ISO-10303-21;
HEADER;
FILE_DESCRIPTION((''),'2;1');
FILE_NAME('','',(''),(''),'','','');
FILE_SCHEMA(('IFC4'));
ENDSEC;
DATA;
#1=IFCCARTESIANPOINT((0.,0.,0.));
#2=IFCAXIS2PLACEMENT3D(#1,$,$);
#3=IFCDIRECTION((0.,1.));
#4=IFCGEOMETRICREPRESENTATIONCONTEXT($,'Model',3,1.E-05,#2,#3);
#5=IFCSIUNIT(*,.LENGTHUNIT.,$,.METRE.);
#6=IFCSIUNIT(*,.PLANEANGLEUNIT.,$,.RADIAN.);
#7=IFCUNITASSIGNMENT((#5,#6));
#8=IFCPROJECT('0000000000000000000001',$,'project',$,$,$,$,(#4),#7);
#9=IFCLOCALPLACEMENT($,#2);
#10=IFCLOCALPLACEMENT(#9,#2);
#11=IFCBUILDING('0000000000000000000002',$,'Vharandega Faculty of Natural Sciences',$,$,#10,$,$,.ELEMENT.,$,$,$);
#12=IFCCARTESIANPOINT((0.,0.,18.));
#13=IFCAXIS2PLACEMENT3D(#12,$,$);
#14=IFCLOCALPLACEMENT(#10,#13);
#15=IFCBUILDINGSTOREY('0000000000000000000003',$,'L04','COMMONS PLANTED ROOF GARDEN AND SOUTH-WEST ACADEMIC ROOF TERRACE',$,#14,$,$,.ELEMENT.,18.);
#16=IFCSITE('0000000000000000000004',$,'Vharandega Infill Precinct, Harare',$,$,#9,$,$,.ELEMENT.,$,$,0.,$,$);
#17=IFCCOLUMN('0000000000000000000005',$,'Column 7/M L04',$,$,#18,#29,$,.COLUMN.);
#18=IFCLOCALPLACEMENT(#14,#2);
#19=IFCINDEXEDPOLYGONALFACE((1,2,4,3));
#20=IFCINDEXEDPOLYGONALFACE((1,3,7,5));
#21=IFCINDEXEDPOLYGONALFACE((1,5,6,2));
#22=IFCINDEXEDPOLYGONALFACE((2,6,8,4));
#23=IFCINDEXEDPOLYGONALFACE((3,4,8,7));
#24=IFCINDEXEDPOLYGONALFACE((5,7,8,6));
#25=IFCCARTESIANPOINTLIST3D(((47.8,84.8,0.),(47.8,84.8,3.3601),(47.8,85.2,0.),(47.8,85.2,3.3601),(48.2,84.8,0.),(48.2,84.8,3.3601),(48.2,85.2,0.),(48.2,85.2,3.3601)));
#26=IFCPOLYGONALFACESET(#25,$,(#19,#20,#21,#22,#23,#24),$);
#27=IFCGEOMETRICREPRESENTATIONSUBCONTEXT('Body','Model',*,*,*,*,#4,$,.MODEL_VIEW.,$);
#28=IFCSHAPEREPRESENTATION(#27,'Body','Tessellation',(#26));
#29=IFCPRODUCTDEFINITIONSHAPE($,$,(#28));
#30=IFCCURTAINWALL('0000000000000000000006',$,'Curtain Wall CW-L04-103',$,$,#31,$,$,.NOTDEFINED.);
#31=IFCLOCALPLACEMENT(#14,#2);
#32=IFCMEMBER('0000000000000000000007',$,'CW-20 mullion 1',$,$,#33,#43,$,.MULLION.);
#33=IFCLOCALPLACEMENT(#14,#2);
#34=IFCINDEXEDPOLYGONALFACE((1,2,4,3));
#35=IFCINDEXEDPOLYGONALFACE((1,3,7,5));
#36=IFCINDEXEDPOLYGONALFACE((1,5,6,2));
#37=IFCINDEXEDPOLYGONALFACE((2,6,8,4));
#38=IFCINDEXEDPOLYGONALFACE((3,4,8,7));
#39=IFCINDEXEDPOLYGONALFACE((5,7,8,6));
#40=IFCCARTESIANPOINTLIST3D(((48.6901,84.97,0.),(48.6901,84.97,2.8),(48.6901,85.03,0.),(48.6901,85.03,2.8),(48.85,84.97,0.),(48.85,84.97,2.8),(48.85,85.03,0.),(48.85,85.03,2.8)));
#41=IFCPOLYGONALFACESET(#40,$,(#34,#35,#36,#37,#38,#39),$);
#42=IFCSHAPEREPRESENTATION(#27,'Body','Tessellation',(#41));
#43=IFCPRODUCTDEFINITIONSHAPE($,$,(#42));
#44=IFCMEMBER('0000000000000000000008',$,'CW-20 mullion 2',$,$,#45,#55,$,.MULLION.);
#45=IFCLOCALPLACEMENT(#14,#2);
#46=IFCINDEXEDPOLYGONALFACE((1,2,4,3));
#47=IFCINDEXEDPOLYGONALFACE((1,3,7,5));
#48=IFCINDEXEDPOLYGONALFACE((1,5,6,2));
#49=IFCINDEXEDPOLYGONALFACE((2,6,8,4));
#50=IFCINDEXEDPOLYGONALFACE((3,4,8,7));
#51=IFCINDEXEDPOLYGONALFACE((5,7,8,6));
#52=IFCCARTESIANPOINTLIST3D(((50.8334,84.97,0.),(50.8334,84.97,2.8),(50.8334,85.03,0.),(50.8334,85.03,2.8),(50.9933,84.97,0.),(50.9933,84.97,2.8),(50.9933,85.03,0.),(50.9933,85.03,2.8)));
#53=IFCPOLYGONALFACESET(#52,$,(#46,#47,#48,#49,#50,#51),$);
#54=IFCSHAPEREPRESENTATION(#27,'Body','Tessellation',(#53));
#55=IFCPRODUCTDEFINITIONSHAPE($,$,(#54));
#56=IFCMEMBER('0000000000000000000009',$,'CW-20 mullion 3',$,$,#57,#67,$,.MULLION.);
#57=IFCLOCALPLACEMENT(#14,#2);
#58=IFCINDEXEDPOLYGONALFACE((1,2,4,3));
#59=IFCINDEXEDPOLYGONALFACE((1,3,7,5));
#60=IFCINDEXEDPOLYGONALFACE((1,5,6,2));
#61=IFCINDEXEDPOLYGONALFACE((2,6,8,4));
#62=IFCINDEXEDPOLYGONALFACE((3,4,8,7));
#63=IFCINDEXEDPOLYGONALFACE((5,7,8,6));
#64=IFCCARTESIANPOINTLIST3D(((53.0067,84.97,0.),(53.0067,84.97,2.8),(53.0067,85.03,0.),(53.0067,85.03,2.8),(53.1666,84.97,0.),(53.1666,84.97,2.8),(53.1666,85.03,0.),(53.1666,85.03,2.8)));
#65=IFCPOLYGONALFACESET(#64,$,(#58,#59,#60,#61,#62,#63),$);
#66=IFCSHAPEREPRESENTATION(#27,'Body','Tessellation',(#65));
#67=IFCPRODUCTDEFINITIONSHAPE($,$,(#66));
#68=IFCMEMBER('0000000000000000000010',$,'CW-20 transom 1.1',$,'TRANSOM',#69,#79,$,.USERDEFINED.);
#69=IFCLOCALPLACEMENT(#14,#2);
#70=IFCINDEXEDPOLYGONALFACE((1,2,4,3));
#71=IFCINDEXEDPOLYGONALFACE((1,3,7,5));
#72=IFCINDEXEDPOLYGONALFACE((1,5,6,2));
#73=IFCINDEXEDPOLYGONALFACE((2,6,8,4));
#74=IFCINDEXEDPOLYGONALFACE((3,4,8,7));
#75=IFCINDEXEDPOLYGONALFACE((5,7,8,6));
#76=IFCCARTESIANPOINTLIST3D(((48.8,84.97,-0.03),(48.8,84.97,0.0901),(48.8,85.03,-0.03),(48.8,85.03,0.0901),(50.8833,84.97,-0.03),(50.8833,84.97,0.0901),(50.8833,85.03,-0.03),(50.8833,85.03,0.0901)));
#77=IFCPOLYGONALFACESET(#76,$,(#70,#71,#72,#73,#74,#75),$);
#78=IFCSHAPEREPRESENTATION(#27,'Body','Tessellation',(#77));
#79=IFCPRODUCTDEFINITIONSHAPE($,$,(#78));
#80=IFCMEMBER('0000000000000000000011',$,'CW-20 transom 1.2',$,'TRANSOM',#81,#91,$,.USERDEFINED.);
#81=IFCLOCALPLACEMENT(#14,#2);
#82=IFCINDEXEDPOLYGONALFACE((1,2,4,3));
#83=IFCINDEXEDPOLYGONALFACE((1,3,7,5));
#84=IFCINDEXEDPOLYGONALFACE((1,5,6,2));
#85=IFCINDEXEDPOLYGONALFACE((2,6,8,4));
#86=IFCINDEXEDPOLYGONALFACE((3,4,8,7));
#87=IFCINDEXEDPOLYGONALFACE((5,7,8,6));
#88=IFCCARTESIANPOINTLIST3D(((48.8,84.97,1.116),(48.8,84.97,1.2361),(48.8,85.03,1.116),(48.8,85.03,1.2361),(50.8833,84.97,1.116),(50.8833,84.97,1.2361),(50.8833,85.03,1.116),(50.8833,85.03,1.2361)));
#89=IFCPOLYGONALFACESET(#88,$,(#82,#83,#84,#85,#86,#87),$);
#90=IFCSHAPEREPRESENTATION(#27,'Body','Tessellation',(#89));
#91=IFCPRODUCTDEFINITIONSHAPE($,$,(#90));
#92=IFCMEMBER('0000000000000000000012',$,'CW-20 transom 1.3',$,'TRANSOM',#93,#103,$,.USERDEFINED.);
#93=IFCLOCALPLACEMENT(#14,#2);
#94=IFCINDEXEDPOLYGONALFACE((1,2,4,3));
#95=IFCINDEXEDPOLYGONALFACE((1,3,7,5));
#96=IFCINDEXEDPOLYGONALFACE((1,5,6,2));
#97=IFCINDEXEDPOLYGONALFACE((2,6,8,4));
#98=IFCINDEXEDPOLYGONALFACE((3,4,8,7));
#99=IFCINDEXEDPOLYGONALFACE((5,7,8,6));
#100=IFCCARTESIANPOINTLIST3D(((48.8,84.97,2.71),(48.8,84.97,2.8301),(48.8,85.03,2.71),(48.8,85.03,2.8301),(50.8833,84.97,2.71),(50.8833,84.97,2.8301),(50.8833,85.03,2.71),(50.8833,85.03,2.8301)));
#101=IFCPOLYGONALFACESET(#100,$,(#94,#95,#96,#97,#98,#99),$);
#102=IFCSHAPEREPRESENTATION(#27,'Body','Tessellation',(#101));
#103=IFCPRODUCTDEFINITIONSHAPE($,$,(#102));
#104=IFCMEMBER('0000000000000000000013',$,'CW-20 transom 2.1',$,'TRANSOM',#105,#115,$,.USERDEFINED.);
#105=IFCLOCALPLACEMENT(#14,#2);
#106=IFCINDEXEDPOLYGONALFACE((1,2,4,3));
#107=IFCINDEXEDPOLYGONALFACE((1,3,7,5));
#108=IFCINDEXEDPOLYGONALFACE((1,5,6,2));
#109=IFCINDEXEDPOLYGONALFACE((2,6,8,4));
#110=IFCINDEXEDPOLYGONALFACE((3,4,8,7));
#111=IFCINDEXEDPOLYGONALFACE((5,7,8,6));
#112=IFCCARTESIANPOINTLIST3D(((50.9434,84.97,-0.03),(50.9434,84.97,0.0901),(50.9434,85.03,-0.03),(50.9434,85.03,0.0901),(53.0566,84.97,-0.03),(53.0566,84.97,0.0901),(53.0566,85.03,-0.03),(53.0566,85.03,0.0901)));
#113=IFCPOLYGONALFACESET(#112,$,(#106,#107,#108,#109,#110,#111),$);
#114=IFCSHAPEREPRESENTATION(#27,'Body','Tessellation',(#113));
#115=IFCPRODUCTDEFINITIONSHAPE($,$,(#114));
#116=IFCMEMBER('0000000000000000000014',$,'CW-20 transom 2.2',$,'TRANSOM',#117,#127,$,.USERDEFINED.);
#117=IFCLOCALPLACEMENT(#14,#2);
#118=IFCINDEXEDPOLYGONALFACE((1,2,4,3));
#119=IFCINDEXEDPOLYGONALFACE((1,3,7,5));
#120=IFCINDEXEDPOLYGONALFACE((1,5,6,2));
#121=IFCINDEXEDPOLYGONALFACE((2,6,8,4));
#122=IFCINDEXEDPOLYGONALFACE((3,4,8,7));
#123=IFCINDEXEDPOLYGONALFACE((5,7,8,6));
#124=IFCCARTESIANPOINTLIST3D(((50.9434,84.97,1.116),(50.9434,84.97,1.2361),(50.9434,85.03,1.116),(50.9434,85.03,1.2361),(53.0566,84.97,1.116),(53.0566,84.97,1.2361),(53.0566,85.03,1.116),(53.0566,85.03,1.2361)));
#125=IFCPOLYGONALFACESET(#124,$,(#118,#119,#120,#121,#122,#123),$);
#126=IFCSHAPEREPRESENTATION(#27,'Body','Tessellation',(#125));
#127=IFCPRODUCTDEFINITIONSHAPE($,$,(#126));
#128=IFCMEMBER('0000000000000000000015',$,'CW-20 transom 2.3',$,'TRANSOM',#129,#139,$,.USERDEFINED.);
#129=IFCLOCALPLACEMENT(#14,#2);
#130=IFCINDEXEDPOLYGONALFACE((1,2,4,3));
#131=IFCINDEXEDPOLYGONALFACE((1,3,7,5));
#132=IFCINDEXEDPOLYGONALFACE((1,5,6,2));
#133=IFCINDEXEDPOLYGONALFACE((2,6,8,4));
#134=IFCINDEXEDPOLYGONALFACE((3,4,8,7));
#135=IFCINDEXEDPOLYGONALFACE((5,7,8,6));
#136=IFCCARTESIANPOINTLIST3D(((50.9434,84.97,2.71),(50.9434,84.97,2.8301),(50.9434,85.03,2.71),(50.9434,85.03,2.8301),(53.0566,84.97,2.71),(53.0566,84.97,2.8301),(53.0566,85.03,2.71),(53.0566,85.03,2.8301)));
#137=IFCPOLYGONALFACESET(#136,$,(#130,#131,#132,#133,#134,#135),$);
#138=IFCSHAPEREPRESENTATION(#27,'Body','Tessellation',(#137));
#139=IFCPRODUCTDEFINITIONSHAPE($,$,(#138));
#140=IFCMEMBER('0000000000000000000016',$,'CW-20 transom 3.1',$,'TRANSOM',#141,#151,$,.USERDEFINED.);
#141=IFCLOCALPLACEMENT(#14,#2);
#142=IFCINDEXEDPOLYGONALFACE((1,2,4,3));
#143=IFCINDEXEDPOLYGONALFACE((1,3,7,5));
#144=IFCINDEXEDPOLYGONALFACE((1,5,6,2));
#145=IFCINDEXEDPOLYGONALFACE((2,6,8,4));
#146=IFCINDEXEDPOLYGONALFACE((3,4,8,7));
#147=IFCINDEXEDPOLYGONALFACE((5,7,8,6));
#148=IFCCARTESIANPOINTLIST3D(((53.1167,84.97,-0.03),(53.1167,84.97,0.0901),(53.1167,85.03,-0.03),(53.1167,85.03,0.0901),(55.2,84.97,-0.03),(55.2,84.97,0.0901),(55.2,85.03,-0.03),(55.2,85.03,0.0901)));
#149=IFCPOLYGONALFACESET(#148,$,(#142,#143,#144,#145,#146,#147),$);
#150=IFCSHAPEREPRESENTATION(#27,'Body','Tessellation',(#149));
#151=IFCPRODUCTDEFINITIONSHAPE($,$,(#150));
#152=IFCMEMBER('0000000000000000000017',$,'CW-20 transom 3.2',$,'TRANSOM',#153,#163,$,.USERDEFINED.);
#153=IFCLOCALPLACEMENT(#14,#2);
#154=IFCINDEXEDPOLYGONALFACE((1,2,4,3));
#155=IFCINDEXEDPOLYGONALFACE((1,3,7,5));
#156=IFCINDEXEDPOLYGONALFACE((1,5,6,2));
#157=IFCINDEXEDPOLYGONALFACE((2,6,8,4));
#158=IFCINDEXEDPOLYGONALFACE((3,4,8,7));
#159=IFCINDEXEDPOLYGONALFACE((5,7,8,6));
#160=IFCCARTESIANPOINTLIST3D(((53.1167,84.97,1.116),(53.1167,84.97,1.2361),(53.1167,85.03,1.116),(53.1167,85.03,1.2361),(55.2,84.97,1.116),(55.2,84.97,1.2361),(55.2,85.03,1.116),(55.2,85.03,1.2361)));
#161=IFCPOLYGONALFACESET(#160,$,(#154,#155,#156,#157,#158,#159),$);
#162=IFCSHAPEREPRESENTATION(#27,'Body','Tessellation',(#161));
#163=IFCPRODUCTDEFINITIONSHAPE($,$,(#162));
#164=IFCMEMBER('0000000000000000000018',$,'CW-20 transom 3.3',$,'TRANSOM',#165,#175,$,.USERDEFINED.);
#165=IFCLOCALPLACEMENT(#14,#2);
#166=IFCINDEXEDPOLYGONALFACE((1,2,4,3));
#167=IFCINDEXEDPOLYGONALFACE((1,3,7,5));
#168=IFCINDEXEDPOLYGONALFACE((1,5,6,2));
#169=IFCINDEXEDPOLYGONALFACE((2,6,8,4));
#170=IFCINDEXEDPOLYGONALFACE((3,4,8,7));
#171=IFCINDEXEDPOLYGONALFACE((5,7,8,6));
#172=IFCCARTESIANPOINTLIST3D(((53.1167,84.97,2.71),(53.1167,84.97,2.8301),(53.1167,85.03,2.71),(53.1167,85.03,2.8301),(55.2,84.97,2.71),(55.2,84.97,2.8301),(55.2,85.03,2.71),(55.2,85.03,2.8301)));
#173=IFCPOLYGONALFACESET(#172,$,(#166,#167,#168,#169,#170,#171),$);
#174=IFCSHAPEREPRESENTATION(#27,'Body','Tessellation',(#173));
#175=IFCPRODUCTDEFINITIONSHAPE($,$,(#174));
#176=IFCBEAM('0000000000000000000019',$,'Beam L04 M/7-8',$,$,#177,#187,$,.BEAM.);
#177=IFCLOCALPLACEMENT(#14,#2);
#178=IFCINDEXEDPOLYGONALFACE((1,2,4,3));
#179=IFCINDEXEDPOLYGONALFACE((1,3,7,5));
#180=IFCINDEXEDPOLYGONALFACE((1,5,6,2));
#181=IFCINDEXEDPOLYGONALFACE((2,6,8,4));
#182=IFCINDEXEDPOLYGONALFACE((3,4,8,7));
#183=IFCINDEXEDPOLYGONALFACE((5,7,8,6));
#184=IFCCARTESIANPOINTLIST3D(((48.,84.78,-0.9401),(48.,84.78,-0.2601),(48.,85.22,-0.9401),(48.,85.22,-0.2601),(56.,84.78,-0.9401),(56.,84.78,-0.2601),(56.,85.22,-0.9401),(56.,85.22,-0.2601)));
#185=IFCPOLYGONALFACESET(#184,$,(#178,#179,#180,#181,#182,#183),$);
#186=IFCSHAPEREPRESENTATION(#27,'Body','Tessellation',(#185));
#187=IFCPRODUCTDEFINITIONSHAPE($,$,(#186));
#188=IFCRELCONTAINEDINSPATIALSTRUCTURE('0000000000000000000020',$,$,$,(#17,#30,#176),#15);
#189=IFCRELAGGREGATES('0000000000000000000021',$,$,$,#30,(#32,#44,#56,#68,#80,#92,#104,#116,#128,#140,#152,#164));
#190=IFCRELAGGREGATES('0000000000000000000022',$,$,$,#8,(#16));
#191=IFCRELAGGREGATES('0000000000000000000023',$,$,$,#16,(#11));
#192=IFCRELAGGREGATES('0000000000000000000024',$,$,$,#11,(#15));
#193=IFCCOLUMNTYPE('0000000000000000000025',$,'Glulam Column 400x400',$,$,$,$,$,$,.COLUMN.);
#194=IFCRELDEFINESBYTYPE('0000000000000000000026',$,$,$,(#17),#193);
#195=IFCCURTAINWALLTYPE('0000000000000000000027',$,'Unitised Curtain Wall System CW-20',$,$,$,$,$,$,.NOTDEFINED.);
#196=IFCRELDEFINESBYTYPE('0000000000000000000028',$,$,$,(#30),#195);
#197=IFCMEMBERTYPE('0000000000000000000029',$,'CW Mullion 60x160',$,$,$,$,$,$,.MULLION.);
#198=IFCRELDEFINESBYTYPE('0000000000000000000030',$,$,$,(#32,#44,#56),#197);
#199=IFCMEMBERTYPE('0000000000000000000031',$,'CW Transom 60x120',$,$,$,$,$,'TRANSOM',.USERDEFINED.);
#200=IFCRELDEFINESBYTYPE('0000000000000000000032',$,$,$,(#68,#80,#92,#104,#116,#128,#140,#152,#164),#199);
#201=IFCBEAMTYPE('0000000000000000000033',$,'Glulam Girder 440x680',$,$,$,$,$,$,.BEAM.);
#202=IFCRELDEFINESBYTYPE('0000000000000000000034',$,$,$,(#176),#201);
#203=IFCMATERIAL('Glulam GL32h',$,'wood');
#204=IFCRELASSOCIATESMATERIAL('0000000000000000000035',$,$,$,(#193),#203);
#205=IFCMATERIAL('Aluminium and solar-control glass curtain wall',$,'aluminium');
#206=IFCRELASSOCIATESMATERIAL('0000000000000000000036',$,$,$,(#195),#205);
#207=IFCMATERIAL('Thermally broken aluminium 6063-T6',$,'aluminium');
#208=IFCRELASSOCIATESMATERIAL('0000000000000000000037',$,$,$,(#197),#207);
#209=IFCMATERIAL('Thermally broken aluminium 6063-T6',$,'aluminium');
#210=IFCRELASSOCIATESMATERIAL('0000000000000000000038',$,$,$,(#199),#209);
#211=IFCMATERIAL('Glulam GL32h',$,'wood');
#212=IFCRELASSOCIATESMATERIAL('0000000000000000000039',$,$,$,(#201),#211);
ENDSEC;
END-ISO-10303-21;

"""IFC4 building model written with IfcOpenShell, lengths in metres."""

from ifc_helpers import new_model, si_unit, direction, frame, origin, origin_2d, place, context, subcontext, project, spatial, rectangle, extrude, material, material_profile, profile_set, type_object, element, aggregate, save


model = new_model("IFC4")

# Units and contexts
model_context = context("Model", 3, precision=1e-05, world=origin(), true_north=direction((0.0, 1.0)))
body_context = subcontext(model_context, "Body", "Model", "MODEL_VIEW")
ifc_project = project(units=[si_unit("LENGTHUNIT", "METRE"), si_unit("PLANEANGLEUNIT", "RADIAN")], contexts=[model_context])

# Site, building, storey
site_placement = place(None, origin())
site = spatial("IfcSite", under=ifc_project, at=site_placement, Name="Vharandega Infill Precinct, Harare", CompositionType="ELEMENT", RefElevation=0.0)
building_placement = place(site_placement, origin())
building = spatial("IfcBuilding", under=site, at=building_placement, Name="Vharandega Faculty of Natural Sciences", CompositionType="ELEMENT")
storey_placement = place(building_placement, frame((0.0, 0.0, 18.0)))
storey = spatial("IfcBuildingStorey", under=building, at=storey_placement, Name="L04", Description="COMMONS PLANTED ROOF GARDEN AND SOUTH-WEST ACADEMIC ROOF TERRACE", CompositionType="ELEMENT", Elevation=18.0)

# Column
ifc_material_1 = material(Name="Glulam GL32h", Category="wood")
ifc_material_profile_1 = material_profile(ifc_material_1, rectangle(XDim=0.3999, YDim=0.3999, at=origin_2d()), Name="GL32h 400x400")
ifc_profile_set_1 = profile_set([ifc_material_profile_1], Name="Glulam GL32h")
column_type = type_object("IfcColumnType", Name="Glulam Column 400x400", PredefinedType="COLUMN", material=ifc_profile_set_1)
column_placement = place(storey_placement, frame((48.0, 85.0, 0.0), z_axis=(0.0, 0.0, 1.0), x_axis=(1.0, 0.0, 0.0)))
element("IfcColumn", 1, at=column_placement, inside=storey, type_object=column_type, Name="Column 7/M L04", PredefinedType="COLUMN", context=body_context, shape_type="SweptSolid", body=[
    extrude(rectangle(XDim=0.3999, YDim=0.3999, at=origin_2d()), origin(), (0.0, 0.0, 1.0), 3.3601),
])

# Curtain wall, members
ifc_material_2 = material(Name="Aluminium and solar-control glass curtain wall", Category="aluminium")
curtain_wall_type = type_object("IfcCurtainWallType", Name="Unitised Curtain Wall System CW-20", PredefinedType="NOTDEFINED", material=ifc_material_2)
curtain_wall_placement = place(storey_placement, origin())
curtain_wall = element("IfcCurtainWall", 2, at=curtain_wall_placement, inside=storey, type_object=curtain_wall_type, Name="Curtain Wall CW-L04-103", PredefinedType="NOTDEFINED")
ifc_material_3 = material(Name="Thermally broken aluminium 6063-T6", Category="aluminium")
ifc_material_profile_2 = material_profile(ifc_material_3, rectangle(XDim=0.0601, YDim=0.1599, at=origin_2d()), Name="ALU 60x160")
ifc_profile_set_2 = profile_set([ifc_material_profile_2], Name="Thermally broken aluminium 6063-T6")
member_type_1 = type_object("IfcMemberType", Name="CW Mullion 60x160", PredefinedType="MULLION", material=ifc_profile_set_2)
member_1_placement = place(storey_placement, frame((48.77, 85.0, 0.0), z_axis=(0.0, 0.0, 1.0), x_axis=(0.0, 1.0, 0.0)))
member_1 = element("IfcMember", 3, at=member_1_placement, type_object=member_type_1, Name="CW-20 mullion 1", PredefinedType="MULLION", context=body_context, shape_type="SweptSolid", body=[
    extrude(rectangle(XDim=0.0601, YDim=0.1599, at=origin_2d()), origin(), (0.0, 0.0, 1.0), 2.8),
])
member_2_placement = place(storey_placement, frame((50.9133, 85.0, 0.0), z_axis=(0.0, 0.0, 1.0), x_axis=(0.0, 1.0, 0.0)))
member_2 = element("IfcMember", 4, at=member_2_placement, type_object=member_type_1, Name="CW-20 mullion 2", PredefinedType="MULLION", context=body_context, shape_type="SweptSolid", body=[
    extrude(rectangle(XDim=0.0601, YDim=0.1599, at=origin_2d()), origin(), (0.0, 0.0, 1.0), 2.8),
])
member_3_placement = place(storey_placement, frame((53.0867, 85.0, 0.0), z_axis=(0.0, 0.0, 1.0), x_axis=(0.0, 1.0, 0.0)))
member_3 = element("IfcMember", 5, at=member_3_placement, type_object=member_type_1, Name="CW-20 mullion 3", PredefinedType="MULLION", context=body_context, shape_type="SweptSolid", body=[
    extrude(rectangle(XDim=0.0601, YDim=0.1599, at=origin_2d()), origin(), (0.0, 0.0, 1.0), 2.8),
])
ifc_material_4 = material(Name="Thermally broken aluminium 6063-T6", Category="aluminium")
ifc_material_profile_3 = material_profile(ifc_material_4, rectangle(XDim=0.0601, YDim=0.1201, at=origin_2d()), Name="ALU 60x120")
ifc_profile_set_3 = profile_set([ifc_material_profile_3], Name="Thermally broken aluminium 6063-T6")
member_type_2 = type_object("IfcMemberType", Name="CW Transom 60x120", ElementType="TRANSOM", PredefinedType="USERDEFINED", material=ifc_profile_set_3)
member_4_placement = place(storey_placement, frame((48.8, 85.0, 0.03), z_axis=(1.0, 0.0, 0.0), x_axis=(0.0, 1.0, 0.0)))
member_4 = element("IfcMember", 6, at=member_4_placement, type_object=member_type_2, Name="CW-20 transom 1.1", ObjectType="TRANSOM", PredefinedType="USERDEFINED", context=body_context, shape_type="SweptSolid", body=[
    extrude(rectangle(XDim=0.0601, YDim=0.1201, at=origin_2d()), origin(), (0.0, 0.0, 1.0), 2.0833),
])
member_5_placement = place(storey_placement, frame((48.8, 85.0, 1.176), z_axis=(1.0, 0.0, 0.0), x_axis=(0.0, 1.0, 0.0)))
member_5 = element("IfcMember", 7, at=member_5_placement, type_object=member_type_2, Name="CW-20 transom 1.2", ObjectType="TRANSOM", PredefinedType="USERDEFINED", context=body_context, shape_type="SweptSolid", body=[
    extrude(rectangle(XDim=0.0601, YDim=0.1201, at=origin_2d()), origin(), (0.0, 0.0, 1.0), 2.0833),
])
member_6_placement = place(storey_placement, frame((48.8, 85.0, 2.77), z_axis=(1.0, 0.0, 0.0), x_axis=(0.0, 1.0, 0.0)))
member_6 = element("IfcMember", 8, at=member_6_placement, type_object=member_type_2, Name="CW-20 transom 1.3", ObjectType="TRANSOM", PredefinedType="USERDEFINED", context=body_context, shape_type="SweptSolid", body=[
    extrude(rectangle(XDim=0.0601, YDim=0.1201, at=origin_2d()), origin(), (0.0, 0.0, 1.0), 2.0833),
])
member_7_placement = place(storey_placement, frame((50.9434, 85.0, 0.03), z_axis=(1.0, 0.0, 0.0), x_axis=(0.0, 1.0, 0.0)))
member_7 = element("IfcMember", 9, at=member_7_placement, type_object=member_type_2, Name="CW-20 transom 2.1", ObjectType="TRANSOM", PredefinedType="USERDEFINED", context=body_context, shape_type="SweptSolid", body=[
    extrude(rectangle(XDim=0.0601, YDim=0.1201, at=origin_2d()), origin(), (0.0, 0.0, 1.0), 2.1133),
])
member_8_placement = place(storey_placement, frame((50.9434, 85.0, 1.176), z_axis=(1.0, 0.0, 0.0), x_axis=(0.0, 1.0, 0.0)))
member_8 = element("IfcMember", 10, at=member_8_placement, type_object=member_type_2, Name="CW-20 transom 2.2", ObjectType="TRANSOM", PredefinedType="USERDEFINED", context=body_context, shape_type="SweptSolid", body=[
    extrude(rectangle(XDim=0.0601, YDim=0.1201, at=origin_2d()), origin(), (0.0, 0.0, 1.0), 2.1133),
])
member_9_placement = place(storey_placement, frame((50.9434, 85.0, 2.77), z_axis=(1.0, 0.0, 0.0), x_axis=(0.0, 1.0, 0.0)))
member_9 = element("IfcMember", 11, at=member_9_placement, type_object=member_type_2, Name="CW-20 transom 2.3", ObjectType="TRANSOM", PredefinedType="USERDEFINED", context=body_context, shape_type="SweptSolid", body=[
    extrude(rectangle(XDim=0.0601, YDim=0.1201, at=origin_2d()), origin(), (0.0, 0.0, 1.0), 2.1133),
])
member_10_placement = place(storey_placement, frame((53.1167, 85.0, 0.03), z_axis=(1.0, 0.0, 0.0), x_axis=(0.0, 1.0, 0.0)))
member_10 = element("IfcMember", 12, at=member_10_placement, type_object=member_type_2, Name="CW-20 transom 3.1", ObjectType="TRANSOM", PredefinedType="USERDEFINED", context=body_context, shape_type="SweptSolid", body=[
    extrude(rectangle(XDim=0.0601, YDim=0.1201, at=origin_2d()), origin(), (0.0, 0.0, 1.0), 2.0833),
])
member_11_placement = place(storey_placement, frame((53.1167, 85.0, 1.176), z_axis=(1.0, 0.0, 0.0), x_axis=(0.0, 1.0, 0.0)))
member_11 = element("IfcMember", 13, at=member_11_placement, type_object=member_type_2, Name="CW-20 transom 3.2", ObjectType="TRANSOM", PredefinedType="USERDEFINED", context=body_context, shape_type="SweptSolid", body=[
    extrude(rectangle(XDim=0.0601, YDim=0.1201, at=origin_2d()), origin(), (0.0, 0.0, 1.0), 2.0833),
])
member_12_placement = place(storey_placement, frame((53.1167, 85.0, 2.77), z_axis=(1.0, 0.0, 0.0), x_axis=(0.0, 1.0, 0.0)))
member_12 = element("IfcMember", 14, at=member_12_placement, type_object=member_type_2, Name="CW-20 transom 3.3", ObjectType="TRANSOM", PredefinedType="USERDEFINED", context=body_context, shape_type="SweptSolid", body=[
    extrude(rectangle(XDim=0.0601, YDim=0.1201, at=origin_2d()), origin(), (0.0, 0.0, 1.0), 2.0833),
])

# Beam
ifc_material_5 = material(Name="Glulam GL32h", Category="wood")
ifc_material_profile_4 = material_profile(ifc_material_5, rectangle(XDim=0.4399, YDim=0.6799, at=origin_2d()), Name="GL32h 440x680")
ifc_profile_set_4 = profile_set([ifc_material_profile_4], Name="Glulam GL32h")
beam_type_1 = type_object("IfcBeamType", Name="Glulam Girder 440x680", PredefinedType="BEAM", material=ifc_profile_set_4)
beam_1_placement = place(storey_placement, frame((48.0, 85.0, -0.6001), z_axis=(1.0, 0.0, 0.0), x_axis=(0.0, 1.0, 0.0)))
element("IfcBeam", 15, at=beam_1_placement, inside=storey, type_object=beam_type_1, Name="Beam L04 M/7-8", PredefinedType="BEAM", context=body_context, shape_type="SweptSolid", body=[
    extrude(rectangle(XDim=0.4399, YDim=0.6799, at=origin_2d()), origin(), (0.0, 0.0, 1.0), 8.0),
])

aggregate(curtain_wall, [member_1, member_2, member_3, member_4, member_5, member_6, member_7, member_8, member_9, member_10, member_11, member_12])

save(model, "model.ifc")
